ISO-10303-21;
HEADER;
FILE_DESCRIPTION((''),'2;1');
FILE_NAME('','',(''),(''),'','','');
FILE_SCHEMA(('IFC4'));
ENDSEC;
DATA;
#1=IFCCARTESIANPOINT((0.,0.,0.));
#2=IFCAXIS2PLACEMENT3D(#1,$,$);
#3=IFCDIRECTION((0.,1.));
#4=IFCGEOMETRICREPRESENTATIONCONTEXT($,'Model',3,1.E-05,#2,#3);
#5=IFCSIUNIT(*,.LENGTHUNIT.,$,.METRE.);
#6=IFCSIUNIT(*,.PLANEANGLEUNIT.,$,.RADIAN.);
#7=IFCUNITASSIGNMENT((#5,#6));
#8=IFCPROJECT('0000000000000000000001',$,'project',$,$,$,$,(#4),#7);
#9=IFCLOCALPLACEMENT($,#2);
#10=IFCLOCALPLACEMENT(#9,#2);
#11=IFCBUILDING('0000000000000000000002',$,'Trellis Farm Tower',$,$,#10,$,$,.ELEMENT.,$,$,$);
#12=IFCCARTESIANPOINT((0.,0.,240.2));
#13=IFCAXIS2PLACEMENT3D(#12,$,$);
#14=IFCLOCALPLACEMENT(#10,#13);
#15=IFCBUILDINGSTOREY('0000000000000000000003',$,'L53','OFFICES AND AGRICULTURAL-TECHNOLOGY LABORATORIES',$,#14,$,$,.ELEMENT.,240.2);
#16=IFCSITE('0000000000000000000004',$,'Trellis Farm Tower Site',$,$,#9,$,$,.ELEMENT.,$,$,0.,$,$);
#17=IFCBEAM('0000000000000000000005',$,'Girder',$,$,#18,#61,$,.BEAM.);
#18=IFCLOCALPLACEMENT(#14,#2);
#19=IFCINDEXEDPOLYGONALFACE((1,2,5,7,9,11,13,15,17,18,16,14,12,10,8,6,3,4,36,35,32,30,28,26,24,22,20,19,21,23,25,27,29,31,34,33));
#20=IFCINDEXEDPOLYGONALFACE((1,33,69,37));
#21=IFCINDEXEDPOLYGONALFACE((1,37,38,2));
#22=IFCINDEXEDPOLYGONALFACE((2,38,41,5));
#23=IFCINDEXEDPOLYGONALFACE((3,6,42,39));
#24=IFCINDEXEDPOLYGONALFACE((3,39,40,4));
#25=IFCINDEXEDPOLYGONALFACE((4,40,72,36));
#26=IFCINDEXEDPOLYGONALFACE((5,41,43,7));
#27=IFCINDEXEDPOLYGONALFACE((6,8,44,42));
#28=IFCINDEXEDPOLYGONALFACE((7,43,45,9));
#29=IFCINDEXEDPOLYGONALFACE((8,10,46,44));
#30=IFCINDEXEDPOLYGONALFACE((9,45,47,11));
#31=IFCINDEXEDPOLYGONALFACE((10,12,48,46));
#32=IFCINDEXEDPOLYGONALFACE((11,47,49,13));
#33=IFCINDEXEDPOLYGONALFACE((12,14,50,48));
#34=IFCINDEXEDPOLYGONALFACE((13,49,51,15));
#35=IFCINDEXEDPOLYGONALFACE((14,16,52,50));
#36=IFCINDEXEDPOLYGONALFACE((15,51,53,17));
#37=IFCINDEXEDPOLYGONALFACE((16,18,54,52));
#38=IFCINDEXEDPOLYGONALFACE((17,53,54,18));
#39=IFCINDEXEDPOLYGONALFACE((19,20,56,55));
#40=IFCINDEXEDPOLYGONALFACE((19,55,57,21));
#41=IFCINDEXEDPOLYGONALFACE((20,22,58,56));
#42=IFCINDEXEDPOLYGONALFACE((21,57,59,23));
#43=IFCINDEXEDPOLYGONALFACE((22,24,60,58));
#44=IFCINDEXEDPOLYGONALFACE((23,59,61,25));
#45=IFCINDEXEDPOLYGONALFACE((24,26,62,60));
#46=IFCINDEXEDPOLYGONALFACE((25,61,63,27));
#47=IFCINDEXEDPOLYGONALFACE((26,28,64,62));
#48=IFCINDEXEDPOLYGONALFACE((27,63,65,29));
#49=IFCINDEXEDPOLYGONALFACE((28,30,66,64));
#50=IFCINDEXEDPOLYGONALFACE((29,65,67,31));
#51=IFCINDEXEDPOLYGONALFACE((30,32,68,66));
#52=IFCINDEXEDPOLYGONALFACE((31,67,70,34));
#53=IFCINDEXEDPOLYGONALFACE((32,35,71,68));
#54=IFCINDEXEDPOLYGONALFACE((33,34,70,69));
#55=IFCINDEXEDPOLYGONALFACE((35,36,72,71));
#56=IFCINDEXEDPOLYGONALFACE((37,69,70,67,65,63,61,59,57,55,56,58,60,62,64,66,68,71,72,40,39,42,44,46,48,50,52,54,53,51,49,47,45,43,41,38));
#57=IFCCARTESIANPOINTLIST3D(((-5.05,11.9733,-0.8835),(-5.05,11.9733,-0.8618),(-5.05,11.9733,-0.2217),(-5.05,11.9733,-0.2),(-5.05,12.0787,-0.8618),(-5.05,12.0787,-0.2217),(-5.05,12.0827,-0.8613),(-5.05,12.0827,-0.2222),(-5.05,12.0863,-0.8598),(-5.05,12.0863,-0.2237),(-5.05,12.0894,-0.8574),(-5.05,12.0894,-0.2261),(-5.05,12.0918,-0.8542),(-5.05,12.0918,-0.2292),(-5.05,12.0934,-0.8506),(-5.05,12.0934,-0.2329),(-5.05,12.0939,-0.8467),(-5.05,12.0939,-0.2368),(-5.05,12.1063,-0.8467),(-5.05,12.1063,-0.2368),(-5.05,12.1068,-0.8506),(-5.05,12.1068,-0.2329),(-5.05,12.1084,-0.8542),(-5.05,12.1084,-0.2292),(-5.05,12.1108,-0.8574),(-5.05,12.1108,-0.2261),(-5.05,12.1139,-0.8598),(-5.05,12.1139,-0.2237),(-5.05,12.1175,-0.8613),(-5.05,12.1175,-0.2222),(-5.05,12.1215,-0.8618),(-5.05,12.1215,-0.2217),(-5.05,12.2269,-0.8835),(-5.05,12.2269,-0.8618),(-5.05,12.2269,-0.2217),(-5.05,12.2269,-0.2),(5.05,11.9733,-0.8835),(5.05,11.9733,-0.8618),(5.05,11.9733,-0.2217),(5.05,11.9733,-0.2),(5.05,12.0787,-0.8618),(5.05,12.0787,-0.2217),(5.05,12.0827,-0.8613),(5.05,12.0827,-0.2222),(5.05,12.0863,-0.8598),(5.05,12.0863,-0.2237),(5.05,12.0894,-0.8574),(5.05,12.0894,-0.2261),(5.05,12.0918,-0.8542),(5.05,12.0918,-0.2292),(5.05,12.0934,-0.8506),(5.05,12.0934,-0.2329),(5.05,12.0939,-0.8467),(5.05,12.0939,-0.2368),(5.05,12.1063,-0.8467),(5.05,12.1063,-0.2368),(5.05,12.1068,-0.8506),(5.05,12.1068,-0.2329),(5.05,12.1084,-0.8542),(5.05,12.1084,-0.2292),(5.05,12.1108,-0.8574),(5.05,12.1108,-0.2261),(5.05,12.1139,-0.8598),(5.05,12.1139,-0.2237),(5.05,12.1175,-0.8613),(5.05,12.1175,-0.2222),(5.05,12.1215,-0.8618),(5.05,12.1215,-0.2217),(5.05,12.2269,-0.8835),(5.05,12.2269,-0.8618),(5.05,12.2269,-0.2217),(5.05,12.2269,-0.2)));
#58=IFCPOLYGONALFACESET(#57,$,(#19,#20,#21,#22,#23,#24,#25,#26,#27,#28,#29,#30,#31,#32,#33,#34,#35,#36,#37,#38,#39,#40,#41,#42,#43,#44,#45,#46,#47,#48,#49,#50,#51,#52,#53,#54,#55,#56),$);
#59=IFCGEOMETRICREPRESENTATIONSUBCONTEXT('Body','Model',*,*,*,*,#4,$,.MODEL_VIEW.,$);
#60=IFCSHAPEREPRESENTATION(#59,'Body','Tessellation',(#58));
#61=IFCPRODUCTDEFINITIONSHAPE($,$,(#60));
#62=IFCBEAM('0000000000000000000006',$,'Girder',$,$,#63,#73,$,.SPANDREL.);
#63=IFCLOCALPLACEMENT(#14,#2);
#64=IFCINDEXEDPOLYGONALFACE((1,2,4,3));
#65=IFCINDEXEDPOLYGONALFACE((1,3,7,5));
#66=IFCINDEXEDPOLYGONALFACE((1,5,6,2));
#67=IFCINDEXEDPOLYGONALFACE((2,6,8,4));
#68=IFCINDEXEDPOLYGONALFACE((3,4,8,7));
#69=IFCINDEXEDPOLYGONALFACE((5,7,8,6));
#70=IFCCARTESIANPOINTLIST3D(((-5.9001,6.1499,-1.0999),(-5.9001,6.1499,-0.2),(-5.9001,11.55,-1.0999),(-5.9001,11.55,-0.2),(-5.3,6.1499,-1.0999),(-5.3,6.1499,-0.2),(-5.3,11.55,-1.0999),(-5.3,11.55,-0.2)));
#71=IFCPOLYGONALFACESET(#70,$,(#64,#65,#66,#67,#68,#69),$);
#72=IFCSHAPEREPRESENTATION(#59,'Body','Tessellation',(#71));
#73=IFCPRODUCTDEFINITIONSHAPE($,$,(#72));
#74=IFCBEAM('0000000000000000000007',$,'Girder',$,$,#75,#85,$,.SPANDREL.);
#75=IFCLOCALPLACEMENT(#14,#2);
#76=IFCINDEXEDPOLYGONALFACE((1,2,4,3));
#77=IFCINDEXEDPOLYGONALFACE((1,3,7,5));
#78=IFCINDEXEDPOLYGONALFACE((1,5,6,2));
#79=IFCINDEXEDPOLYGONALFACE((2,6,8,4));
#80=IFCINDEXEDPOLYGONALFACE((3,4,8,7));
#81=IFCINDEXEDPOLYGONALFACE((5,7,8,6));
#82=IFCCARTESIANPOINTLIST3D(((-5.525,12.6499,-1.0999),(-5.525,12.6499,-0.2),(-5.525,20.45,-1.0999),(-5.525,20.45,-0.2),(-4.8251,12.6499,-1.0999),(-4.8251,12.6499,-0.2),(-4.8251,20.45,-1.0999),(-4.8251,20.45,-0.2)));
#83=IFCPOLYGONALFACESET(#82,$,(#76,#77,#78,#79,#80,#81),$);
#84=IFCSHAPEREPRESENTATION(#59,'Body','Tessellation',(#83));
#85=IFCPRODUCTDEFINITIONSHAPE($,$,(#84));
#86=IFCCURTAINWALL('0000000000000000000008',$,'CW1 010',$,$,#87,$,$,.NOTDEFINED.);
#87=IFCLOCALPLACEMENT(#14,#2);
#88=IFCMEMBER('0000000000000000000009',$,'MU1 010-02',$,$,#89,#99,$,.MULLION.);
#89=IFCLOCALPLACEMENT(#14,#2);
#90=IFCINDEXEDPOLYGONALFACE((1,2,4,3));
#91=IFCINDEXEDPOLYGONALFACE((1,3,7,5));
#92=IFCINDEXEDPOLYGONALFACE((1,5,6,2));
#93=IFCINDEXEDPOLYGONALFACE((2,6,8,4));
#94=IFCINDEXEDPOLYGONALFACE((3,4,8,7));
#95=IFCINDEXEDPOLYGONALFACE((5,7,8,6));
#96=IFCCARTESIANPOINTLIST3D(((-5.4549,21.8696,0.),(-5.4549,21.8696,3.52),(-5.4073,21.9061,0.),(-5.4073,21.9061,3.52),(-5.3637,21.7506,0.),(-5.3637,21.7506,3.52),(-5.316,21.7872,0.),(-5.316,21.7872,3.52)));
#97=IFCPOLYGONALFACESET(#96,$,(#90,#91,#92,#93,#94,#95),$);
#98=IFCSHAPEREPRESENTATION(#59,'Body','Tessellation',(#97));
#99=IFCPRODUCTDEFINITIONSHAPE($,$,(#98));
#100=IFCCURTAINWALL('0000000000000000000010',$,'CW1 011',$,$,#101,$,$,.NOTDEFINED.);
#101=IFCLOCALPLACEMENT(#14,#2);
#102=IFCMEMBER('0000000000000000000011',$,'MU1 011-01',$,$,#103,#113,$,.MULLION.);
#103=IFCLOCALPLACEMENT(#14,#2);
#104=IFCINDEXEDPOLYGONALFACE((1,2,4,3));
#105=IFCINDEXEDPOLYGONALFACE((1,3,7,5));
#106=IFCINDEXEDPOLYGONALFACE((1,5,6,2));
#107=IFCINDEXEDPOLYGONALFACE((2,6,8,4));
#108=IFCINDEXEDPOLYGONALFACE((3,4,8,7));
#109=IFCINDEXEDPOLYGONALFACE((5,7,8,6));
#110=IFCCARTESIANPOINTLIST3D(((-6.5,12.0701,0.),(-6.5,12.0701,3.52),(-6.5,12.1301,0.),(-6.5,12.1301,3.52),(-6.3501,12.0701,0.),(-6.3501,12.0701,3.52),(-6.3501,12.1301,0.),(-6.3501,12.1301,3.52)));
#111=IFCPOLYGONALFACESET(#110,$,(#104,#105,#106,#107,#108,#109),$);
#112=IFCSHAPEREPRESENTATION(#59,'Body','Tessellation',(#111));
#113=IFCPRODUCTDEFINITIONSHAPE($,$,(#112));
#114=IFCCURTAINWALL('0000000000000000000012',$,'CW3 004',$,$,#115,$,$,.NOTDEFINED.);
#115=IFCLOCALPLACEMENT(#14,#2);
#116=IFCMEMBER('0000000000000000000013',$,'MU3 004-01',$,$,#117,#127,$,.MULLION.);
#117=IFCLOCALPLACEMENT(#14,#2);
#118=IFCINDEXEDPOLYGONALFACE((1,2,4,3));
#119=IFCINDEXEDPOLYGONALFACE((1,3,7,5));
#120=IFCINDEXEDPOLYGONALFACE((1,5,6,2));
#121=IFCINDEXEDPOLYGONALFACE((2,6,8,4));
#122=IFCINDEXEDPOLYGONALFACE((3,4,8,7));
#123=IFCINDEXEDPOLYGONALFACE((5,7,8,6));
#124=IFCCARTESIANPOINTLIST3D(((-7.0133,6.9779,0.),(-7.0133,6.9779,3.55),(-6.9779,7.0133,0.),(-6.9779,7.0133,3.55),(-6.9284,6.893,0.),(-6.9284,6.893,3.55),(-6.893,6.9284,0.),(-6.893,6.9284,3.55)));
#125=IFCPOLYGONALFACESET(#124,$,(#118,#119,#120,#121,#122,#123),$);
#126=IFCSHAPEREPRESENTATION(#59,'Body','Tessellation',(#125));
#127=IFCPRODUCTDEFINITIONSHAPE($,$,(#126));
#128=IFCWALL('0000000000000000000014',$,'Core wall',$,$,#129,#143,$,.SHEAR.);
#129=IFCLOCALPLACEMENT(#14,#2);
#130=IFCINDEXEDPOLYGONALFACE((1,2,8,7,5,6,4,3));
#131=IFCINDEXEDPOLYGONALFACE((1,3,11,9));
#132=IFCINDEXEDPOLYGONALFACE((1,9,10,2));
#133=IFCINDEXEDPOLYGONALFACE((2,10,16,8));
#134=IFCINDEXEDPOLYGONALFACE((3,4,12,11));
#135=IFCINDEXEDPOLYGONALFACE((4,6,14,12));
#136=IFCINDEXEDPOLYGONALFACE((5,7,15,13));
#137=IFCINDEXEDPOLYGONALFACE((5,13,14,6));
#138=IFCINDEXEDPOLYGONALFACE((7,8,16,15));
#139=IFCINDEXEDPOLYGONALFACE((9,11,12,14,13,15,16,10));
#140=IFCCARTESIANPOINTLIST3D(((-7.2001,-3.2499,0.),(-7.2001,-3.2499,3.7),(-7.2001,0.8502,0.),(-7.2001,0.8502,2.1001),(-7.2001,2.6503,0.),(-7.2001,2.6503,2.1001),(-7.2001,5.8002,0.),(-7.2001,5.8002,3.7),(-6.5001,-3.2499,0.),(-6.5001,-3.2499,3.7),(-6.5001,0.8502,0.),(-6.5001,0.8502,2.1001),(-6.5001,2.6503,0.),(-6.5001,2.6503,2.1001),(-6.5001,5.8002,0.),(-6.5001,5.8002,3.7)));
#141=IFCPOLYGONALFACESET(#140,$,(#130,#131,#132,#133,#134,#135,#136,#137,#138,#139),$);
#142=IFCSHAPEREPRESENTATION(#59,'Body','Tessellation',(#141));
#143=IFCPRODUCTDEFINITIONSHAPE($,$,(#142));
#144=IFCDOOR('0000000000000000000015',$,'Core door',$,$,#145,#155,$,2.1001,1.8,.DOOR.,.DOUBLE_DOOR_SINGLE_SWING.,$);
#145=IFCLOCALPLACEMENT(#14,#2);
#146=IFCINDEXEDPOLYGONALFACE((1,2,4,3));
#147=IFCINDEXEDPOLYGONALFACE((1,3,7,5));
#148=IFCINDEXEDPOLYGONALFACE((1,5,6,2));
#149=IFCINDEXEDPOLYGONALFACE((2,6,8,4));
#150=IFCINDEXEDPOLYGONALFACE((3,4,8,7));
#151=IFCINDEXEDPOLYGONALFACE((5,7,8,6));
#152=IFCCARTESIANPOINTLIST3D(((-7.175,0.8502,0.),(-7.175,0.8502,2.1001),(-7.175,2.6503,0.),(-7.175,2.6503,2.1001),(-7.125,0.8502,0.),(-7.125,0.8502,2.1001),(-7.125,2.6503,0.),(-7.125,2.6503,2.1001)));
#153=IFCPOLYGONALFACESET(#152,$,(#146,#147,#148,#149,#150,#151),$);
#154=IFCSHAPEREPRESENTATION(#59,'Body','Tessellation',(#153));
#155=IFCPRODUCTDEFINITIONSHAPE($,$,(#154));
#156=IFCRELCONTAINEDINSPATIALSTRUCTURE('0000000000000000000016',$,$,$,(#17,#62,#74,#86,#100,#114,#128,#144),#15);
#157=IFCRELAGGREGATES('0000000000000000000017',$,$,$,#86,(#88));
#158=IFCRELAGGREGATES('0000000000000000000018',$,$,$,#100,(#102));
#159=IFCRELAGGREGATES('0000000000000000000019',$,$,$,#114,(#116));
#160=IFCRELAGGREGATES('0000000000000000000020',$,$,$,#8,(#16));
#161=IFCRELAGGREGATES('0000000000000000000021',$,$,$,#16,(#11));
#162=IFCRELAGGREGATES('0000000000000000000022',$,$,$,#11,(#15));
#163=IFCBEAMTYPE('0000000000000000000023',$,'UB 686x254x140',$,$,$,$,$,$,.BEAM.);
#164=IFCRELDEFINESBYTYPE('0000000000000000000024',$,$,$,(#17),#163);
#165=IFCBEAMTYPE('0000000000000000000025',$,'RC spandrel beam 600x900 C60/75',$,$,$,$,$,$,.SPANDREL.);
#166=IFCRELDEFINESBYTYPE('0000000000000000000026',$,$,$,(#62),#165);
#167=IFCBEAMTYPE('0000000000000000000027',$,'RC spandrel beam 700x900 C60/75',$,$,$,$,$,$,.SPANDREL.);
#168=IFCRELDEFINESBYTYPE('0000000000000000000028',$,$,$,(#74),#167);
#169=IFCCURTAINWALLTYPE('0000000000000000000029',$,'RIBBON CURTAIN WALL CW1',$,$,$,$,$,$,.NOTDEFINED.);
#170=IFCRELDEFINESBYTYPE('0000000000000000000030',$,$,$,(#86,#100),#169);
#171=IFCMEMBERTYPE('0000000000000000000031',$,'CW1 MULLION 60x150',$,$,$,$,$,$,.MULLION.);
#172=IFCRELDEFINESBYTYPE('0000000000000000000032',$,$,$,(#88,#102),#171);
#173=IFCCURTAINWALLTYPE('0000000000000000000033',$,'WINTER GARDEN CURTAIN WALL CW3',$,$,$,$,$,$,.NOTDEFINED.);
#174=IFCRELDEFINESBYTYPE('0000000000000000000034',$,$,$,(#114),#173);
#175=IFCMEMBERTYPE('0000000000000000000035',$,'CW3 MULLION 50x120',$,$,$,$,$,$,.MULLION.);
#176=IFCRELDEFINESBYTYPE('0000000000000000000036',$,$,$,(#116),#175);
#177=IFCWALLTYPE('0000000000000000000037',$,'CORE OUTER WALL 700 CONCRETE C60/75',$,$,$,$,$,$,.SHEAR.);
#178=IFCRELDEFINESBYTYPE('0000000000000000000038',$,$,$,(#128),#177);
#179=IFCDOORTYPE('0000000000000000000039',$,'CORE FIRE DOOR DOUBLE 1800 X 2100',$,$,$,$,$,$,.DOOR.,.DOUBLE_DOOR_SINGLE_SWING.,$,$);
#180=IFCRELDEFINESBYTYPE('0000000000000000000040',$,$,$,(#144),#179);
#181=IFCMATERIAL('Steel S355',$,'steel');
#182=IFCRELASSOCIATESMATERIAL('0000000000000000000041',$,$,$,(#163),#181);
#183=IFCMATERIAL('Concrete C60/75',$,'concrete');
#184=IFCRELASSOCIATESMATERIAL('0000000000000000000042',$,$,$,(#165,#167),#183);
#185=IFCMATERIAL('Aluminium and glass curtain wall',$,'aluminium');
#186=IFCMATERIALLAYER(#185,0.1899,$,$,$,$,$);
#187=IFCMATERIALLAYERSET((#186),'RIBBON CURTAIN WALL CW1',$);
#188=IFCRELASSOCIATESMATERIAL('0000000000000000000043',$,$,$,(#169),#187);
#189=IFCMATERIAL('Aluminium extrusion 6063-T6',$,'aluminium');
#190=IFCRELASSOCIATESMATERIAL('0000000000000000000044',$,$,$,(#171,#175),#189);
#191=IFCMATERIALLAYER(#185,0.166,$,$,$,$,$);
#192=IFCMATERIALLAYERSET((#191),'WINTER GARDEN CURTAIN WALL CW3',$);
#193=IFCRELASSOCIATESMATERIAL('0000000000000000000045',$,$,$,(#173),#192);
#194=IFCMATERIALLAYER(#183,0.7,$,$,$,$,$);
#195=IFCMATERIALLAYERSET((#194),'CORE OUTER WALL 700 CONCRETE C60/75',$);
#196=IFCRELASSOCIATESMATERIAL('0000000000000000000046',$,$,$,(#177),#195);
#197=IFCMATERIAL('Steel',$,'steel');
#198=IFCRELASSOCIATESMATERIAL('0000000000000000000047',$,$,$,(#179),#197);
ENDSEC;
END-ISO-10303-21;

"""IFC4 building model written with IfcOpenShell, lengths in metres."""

from ifc_helpers import new_model, si_unit, direction, frame, frame_2d, origin, origin_2d, place, context, subcontext, project, spatial, rectangle, i_section, extrude, source, transform, mapped, material, layer, layer_set, material_profile, profile_set, type_object, element, fill, aggregate, save


model = new_model("IFC4")

# Units and contexts
model_context = context("Model", 3, precision=1e-05, world=origin(), true_north=direction((0.0, 1.0)))
body_context = subcontext(model_context, "Body", "Model", "MODEL_VIEW")
ifc_project = project(units=[si_unit("LENGTHUNIT", "METRE"), si_unit("PLANEANGLEUNIT", "RADIAN")], contexts=[model_context])

# Site, building, storey
site_placement = place(None, origin())
site = spatial("IfcSite", under=ifc_project, at=site_placement, Name="Trellis Farm Tower Site", CompositionType="ELEMENT", RefElevation=0.0)
building_placement = place(site_placement, origin())
building = spatial("IfcBuilding", under=site, at=building_placement, Name="Trellis Farm Tower", CompositionType="ELEMENT")
storey_placement = place(building_placement, frame((0.0, 0.0, 240.2)))
storey = spatial("IfcBuildingStorey", under=building, at=storey_placement, Name="L53", Description="OFFICES AND AGRICULTURAL-TECHNOLOGY LABORATORIES", CompositionType="ELEMENT", Elevation=240.2)

# Shared definitions
ifc_material_1 = material(Name="Concrete C60/75", Category="concrete")

# Beams
ifc_material_2 = material(Name="Steel S355", Category="steel")
ifc_material_profile_1 = material_profile(ifc_material_2, i_section(OverallWidth=0.2537, OverallDepth=0.6836, WebThickness=0.0125, FlangeThickness=0.0217, FilletRadius=0.0151, at=origin_2d()), Name="UB 686x254x140")
ifc_profile_set_1 = profile_set([ifc_material_profile_1], Name="Steel S355")
beam_type_1 = type_object("IfcBeamType", Name="UB 686x254x140", PredefinedType="BEAM", material=ifc_profile_set_1)
shared_shape_1 = source(origin(), body_context, "Body", "SweptSolid", [
    extrude(i_section(OverallWidth=0.2537, OverallDepth=0.6836, WebThickness=0.0125, FlangeThickness=0.0217, FilletRadius=0.0151, at=origin_2d()), origin(), (0.0, 0.0, 1.0), 10.1001),
])
for number, where, z_axis, x_axis, name in (
    (1, (-5.05, 12.1001, -0.5417), (1.0, 0.0, 0.0), (0.0, 1.0, 0.0), "Girder"),
):
    element("IfcBeam", number, at=place(storey_placement, frame(where, z_axis=z_axis, x_axis=x_axis)), inside=storey, type_object=beam_type_1, Name=name, PredefinedType="BEAM", context=body_context, shape_type="MappedRepresentation", body=[
        mapped(shared_shape_1, transform((0.0, 0.0, 0.0))),
    ])
ifc_material_profile_2 = material_profile(ifc_material_1, rectangle(XDim=0.6001, YDim=0.8999, at=origin_2d()), Name="RC spandrel beam 600x900 C60/75")
ifc_profile_set_2 = profile_set([ifc_material_profile_2], Name="Concrete C60/75")
beam_type_2 = type_object("IfcBeamType", Name="RC spandrel beam 600x900 C60/75", PredefinedType="SPANDREL", material=ifc_profile_set_2)
shared_shape_2 = source(origin(), body_context, "Body", "SweptSolid", [
    extrude(rectangle(XDim=0.6001, YDim=0.8999, at=origin_2d()), origin(), (0.0, 0.0, 1.0), 5.4001),
])
beam_1_placement = place(storey_placement, frame((-5.6001, 6.1499, -0.6499), z_axis=(0.0, 1.0, 0.0), x_axis=(-1.0, 0.0, 0.0)))
element("IfcBeam", 2, at=beam_1_placement, inside=storey, type_object=beam_type_2, Name="Girder", PredefinedType="SPANDREL", context=body_context, shape_type="MappedRepresentation", body=[
    mapped(shared_shape_2, transform((0.0, 0.0, 0.0))),
])
ifc_material_profile_3 = material_profile(ifc_material_1, rectangle(XDim=0.7, YDim=0.8999, at=origin_2d()), Name="RC spandrel beam 700x900 C60/75")
ifc_profile_set_3 = profile_set([ifc_material_profile_3], Name="Concrete C60/75")
beam_type_3 = type_object("IfcBeamType", Name="RC spandrel beam 700x900 C60/75", PredefinedType="SPANDREL", material=ifc_profile_set_3)
shared_shape_3 = source(origin(), body_context, "Body", "SweptSolid", [
    extrude(rectangle(XDim=0.7, YDim=0.8999, at=origin_2d()), origin(), (0.0, 0.0, 1.0), 7.8),
])
beam_2_placement = place(storey_placement, frame((-5.175, 12.6499, -0.6499), z_axis=(0.0, 1.0, 0.0), x_axis=(-1.0, 0.0, 0.0)))
element("IfcBeam", 3, at=beam_2_placement, inside=storey, type_object=beam_type_3, Name="Girder", PredefinedType="SPANDREL", context=body_context, shape_type="MappedRepresentation", body=[
    mapped(shared_shape_3, transform((0.0, 0.0, 0.0))),
])

# Curtain walls, members
ifc_material_3 = material(Name="Aluminium and glass curtain wall", Category="aluminium")
ifc_layer_1 = layer(ifc_material_3, 0.1899)
ifc_layer_set_1 = layer_set([ifc_layer_1], Name="RIBBON CURTAIN WALL CW1")
curtain_wall_type_1 = type_object("IfcCurtainWallType", Name="RIBBON CURTAIN WALL CW1", PredefinedType="NOTDEFINED", material=ifc_layer_set_1)
placement = place(storey_placement, origin())
curtain_wall_1 = element("IfcCurtainWall", 4, at=placement, inside=storey, type_object=curtain_wall_type_1, Name="CW1 010", PredefinedType="NOTDEFINED")
ifc_material_4 = material(Name="Aluminium extrusion 6063-T6", Category="aluminium")
ifc_material_profile_4 = material_profile(ifc_material_4, rectangle(XDim=0.0601, YDim=0.1499, at=origin_2d()), Name="MULLION 60x150")
ifc_profile_set_4 = profile_set([ifc_material_profile_4], Name="Aluminium extrusion 6063-T6")
member_type_1 = type_object("IfcMemberType", Name="CW1 MULLION 60x150", PredefinedType="MULLION", material=ifc_profile_set_4)
shared_shape_4 = source(origin(), body_context, "Body", "SweptSolid", [
    extrude(rectangle(XDim=0.0601, YDim=0.1499, at=origin_2d()), origin(), (0.0, 0.0, 1.0), 3.52),
])
member_1_placement = place(storey_placement, frame((-5.3855, 21.8284, 0.0), z_axis=(0.0, 0.0, 1.0), x_axis=(-0.793353, -0.608761, 0.0)))
member_1 = element("IfcMember", 5, at=member_1_placement, type_object=member_type_1, Name="MU1 010-02", PredefinedType="MULLION", context=body_context, shape_type="MappedRepresentation", body=[
    mapped(shared_shape_4, transform((0.0, 0.0, 0.0))),
])
aggregate(curtain_wall_1, [member_1])
curtain_wall_2 = element("IfcCurtainWall", 6, at=placement, inside=storey, type_object=curtain_wall_type_1, Name="CW1 011", PredefinedType="NOTDEFINED")
member_2_placement = place(storey_placement, frame((-6.425, 12.1001, 0.0), z_axis=(0.0, 0.0, 1.0), x_axis=(0.0, -1.0, 0.0)))
member_2 = element("IfcMember", 7, at=member_2_placement, type_object=member_type_1, Name="MU1 011-01", PredefinedType="MULLION", context=body_context, shape_type="MappedRepresentation", body=[
    mapped(shared_shape_4, transform((0.0, 0.0, 0.0))),
])
aggregate(curtain_wall_2, [member_2])
ifc_layer_2 = layer(ifc_material_3, 0.166)
ifc_layer_set_2 = layer_set([ifc_layer_2], Name="WINTER GARDEN CURTAIN WALL CW3")
curtain_wall_type_2 = type_object("IfcCurtainWallType", Name="WINTER GARDEN CURTAIN WALL CW3", PredefinedType="NOTDEFINED", material=ifc_layer_set_2)
curtain_wall_3 = element("IfcCurtainWall", 8, at=placement, inside=storey, type_object=curtain_wall_type_2, Name="CW3 004", PredefinedType="NOTDEFINED")
ifc_material_profile_5 = material_profile(ifc_material_4, rectangle(XDim=0.05, YDim=0.1201, at=origin_2d()), Name="MULLION 50x120")
ifc_profile_set_5 = profile_set([ifc_material_profile_5], Name="Aluminium extrusion 6063-T6")
member_type_2 = type_object("IfcMemberType", Name="CW3 MULLION 50x120", PredefinedType="MULLION", material=ifc_profile_set_5)
shared_shape_5 = source(origin(), body_context, "Body", "SweptSolid", [
    extrude(rectangle(XDim=0.05, YDim=0.1201, at=origin_2d()), origin(), (0.0, 0.0, 1.0), 3.55),
])
member_3_placement = place(storey_placement, frame((-6.9531, 6.9531, 0.0), z_axis=(0.0, 0.0, 1.0), x_axis=(-0.707107, -0.707107, 0.0)))
member_3 = element("IfcMember", 9, at=member_3_placement, type_object=member_type_2, Name="MU3 004-01", PredefinedType="MULLION", context=body_context, shape_type="MappedRepresentation", body=[
    mapped(shared_shape_5, transform((0.0, 0.0, 0.0))),
])
aggregate(curtain_wall_3, [member_3])

# Wall, opening, door
ifc_layer_3 = layer(ifc_material_1, 0.7)
ifc_layer_set_3 = layer_set([ifc_layer_3], Name="CORE OUTER WALL 700 CONCRETE C60/75")
wall_type_1 = type_object("IfcWallType", Name="CORE OUTER WALL 700 CONCRETE C60/75", PredefinedType="SHEAR", material=ifc_layer_set_3)
shared_shape_6 = source(origin(), body_context, "Body", "SweptSolid", [
    extrude(rectangle(XDim=9.05, YDim=0.7, at=frame_2d((4.5249, 0.0))), origin(), (0.0, 0.0, 1.0), 3.7),
])
wall_1_placement = place(storey_placement, frame((-6.8501, 5.8, 0.0), z_axis=(0.0, 0.0, 1.0), x_axis=(0.0, -1.0, 0.0)))
wall_1 = element("IfcWall", 10, at=wall_1_placement, inside=storey, type_object=wall_type_1, Name="Core wall", PredefinedType="SHEAR", context=body_context, shape_type="MappedRepresentation", body=[
    mapped(shared_shape_6, transform((0.0, 0.0, 0.0))),
])
shared_shape_7 = source(origin(), body_context, "Body", "SweptSolid", [
    extrude(rectangle(XDim=1.8, YDim=2.1001, at=frame_2d((0.8999, 1.05))), frame((0.0, 0.3601, 0.0), z_axis=(0.0, -1.0, 0.0), x_axis=(1.0, 0.0, 0.0)), (0.0, 0.0, 1.0), 0.7202),
])
opening_1_placement = place(wall_1_placement, frame((3.1499, 0.0, 0.0)))
opening_1 = element("IfcOpeningElement", 11, at=opening_1_placement, cuts=wall_1, PredefinedType="OPENING", context=body_context, shape_type="MappedRepresentation", body=[
    mapped(shared_shape_7, transform((0.0, 0.0, 0.0))),
])
ifc_material_5 = material(Name="Steel", Category="steel")
door_type_1 = type_object("IfcDoorType", Name="CORE FIRE DOOR DOUBLE 1800 X 2100", OperationType="DOUBLE_DOOR_SINGLE_SWING", PredefinedType="DOOR", material=ifc_material_5)
shared_shape_8 = source(origin(), body_context, "Body", "SweptSolid", [
    extrude(rectangle(XDim=1.8, YDim=2.1001, at=frame_2d((0.8999, 1.05))), frame((0.0, -0.2749, 0.0), z_axis=(0.0, -1.0, 0.0), x_axis=(1.0, 0.0, 0.0)), (0.0, 0.0, 1.0), 0.05),
])
door_1_placement = place(opening_1_placement, origin())
door_1 = element("IfcDoor", 12, at=door_1_placement, inside=storey, type_object=door_type_1, Name="Core door", OperationType="DOUBLE_DOOR_SINGLE_SWING", OverallHeight=2.1001, OverallWidth=1.8, PredefinedType="DOOR", context=body_context, shape_type="MappedRepresentation", body=[
    mapped(shared_shape_8, transform((0.0, 0.0, 0.0))),
])
fill(opening_1, door_1)

save(model, "model.ifc")
